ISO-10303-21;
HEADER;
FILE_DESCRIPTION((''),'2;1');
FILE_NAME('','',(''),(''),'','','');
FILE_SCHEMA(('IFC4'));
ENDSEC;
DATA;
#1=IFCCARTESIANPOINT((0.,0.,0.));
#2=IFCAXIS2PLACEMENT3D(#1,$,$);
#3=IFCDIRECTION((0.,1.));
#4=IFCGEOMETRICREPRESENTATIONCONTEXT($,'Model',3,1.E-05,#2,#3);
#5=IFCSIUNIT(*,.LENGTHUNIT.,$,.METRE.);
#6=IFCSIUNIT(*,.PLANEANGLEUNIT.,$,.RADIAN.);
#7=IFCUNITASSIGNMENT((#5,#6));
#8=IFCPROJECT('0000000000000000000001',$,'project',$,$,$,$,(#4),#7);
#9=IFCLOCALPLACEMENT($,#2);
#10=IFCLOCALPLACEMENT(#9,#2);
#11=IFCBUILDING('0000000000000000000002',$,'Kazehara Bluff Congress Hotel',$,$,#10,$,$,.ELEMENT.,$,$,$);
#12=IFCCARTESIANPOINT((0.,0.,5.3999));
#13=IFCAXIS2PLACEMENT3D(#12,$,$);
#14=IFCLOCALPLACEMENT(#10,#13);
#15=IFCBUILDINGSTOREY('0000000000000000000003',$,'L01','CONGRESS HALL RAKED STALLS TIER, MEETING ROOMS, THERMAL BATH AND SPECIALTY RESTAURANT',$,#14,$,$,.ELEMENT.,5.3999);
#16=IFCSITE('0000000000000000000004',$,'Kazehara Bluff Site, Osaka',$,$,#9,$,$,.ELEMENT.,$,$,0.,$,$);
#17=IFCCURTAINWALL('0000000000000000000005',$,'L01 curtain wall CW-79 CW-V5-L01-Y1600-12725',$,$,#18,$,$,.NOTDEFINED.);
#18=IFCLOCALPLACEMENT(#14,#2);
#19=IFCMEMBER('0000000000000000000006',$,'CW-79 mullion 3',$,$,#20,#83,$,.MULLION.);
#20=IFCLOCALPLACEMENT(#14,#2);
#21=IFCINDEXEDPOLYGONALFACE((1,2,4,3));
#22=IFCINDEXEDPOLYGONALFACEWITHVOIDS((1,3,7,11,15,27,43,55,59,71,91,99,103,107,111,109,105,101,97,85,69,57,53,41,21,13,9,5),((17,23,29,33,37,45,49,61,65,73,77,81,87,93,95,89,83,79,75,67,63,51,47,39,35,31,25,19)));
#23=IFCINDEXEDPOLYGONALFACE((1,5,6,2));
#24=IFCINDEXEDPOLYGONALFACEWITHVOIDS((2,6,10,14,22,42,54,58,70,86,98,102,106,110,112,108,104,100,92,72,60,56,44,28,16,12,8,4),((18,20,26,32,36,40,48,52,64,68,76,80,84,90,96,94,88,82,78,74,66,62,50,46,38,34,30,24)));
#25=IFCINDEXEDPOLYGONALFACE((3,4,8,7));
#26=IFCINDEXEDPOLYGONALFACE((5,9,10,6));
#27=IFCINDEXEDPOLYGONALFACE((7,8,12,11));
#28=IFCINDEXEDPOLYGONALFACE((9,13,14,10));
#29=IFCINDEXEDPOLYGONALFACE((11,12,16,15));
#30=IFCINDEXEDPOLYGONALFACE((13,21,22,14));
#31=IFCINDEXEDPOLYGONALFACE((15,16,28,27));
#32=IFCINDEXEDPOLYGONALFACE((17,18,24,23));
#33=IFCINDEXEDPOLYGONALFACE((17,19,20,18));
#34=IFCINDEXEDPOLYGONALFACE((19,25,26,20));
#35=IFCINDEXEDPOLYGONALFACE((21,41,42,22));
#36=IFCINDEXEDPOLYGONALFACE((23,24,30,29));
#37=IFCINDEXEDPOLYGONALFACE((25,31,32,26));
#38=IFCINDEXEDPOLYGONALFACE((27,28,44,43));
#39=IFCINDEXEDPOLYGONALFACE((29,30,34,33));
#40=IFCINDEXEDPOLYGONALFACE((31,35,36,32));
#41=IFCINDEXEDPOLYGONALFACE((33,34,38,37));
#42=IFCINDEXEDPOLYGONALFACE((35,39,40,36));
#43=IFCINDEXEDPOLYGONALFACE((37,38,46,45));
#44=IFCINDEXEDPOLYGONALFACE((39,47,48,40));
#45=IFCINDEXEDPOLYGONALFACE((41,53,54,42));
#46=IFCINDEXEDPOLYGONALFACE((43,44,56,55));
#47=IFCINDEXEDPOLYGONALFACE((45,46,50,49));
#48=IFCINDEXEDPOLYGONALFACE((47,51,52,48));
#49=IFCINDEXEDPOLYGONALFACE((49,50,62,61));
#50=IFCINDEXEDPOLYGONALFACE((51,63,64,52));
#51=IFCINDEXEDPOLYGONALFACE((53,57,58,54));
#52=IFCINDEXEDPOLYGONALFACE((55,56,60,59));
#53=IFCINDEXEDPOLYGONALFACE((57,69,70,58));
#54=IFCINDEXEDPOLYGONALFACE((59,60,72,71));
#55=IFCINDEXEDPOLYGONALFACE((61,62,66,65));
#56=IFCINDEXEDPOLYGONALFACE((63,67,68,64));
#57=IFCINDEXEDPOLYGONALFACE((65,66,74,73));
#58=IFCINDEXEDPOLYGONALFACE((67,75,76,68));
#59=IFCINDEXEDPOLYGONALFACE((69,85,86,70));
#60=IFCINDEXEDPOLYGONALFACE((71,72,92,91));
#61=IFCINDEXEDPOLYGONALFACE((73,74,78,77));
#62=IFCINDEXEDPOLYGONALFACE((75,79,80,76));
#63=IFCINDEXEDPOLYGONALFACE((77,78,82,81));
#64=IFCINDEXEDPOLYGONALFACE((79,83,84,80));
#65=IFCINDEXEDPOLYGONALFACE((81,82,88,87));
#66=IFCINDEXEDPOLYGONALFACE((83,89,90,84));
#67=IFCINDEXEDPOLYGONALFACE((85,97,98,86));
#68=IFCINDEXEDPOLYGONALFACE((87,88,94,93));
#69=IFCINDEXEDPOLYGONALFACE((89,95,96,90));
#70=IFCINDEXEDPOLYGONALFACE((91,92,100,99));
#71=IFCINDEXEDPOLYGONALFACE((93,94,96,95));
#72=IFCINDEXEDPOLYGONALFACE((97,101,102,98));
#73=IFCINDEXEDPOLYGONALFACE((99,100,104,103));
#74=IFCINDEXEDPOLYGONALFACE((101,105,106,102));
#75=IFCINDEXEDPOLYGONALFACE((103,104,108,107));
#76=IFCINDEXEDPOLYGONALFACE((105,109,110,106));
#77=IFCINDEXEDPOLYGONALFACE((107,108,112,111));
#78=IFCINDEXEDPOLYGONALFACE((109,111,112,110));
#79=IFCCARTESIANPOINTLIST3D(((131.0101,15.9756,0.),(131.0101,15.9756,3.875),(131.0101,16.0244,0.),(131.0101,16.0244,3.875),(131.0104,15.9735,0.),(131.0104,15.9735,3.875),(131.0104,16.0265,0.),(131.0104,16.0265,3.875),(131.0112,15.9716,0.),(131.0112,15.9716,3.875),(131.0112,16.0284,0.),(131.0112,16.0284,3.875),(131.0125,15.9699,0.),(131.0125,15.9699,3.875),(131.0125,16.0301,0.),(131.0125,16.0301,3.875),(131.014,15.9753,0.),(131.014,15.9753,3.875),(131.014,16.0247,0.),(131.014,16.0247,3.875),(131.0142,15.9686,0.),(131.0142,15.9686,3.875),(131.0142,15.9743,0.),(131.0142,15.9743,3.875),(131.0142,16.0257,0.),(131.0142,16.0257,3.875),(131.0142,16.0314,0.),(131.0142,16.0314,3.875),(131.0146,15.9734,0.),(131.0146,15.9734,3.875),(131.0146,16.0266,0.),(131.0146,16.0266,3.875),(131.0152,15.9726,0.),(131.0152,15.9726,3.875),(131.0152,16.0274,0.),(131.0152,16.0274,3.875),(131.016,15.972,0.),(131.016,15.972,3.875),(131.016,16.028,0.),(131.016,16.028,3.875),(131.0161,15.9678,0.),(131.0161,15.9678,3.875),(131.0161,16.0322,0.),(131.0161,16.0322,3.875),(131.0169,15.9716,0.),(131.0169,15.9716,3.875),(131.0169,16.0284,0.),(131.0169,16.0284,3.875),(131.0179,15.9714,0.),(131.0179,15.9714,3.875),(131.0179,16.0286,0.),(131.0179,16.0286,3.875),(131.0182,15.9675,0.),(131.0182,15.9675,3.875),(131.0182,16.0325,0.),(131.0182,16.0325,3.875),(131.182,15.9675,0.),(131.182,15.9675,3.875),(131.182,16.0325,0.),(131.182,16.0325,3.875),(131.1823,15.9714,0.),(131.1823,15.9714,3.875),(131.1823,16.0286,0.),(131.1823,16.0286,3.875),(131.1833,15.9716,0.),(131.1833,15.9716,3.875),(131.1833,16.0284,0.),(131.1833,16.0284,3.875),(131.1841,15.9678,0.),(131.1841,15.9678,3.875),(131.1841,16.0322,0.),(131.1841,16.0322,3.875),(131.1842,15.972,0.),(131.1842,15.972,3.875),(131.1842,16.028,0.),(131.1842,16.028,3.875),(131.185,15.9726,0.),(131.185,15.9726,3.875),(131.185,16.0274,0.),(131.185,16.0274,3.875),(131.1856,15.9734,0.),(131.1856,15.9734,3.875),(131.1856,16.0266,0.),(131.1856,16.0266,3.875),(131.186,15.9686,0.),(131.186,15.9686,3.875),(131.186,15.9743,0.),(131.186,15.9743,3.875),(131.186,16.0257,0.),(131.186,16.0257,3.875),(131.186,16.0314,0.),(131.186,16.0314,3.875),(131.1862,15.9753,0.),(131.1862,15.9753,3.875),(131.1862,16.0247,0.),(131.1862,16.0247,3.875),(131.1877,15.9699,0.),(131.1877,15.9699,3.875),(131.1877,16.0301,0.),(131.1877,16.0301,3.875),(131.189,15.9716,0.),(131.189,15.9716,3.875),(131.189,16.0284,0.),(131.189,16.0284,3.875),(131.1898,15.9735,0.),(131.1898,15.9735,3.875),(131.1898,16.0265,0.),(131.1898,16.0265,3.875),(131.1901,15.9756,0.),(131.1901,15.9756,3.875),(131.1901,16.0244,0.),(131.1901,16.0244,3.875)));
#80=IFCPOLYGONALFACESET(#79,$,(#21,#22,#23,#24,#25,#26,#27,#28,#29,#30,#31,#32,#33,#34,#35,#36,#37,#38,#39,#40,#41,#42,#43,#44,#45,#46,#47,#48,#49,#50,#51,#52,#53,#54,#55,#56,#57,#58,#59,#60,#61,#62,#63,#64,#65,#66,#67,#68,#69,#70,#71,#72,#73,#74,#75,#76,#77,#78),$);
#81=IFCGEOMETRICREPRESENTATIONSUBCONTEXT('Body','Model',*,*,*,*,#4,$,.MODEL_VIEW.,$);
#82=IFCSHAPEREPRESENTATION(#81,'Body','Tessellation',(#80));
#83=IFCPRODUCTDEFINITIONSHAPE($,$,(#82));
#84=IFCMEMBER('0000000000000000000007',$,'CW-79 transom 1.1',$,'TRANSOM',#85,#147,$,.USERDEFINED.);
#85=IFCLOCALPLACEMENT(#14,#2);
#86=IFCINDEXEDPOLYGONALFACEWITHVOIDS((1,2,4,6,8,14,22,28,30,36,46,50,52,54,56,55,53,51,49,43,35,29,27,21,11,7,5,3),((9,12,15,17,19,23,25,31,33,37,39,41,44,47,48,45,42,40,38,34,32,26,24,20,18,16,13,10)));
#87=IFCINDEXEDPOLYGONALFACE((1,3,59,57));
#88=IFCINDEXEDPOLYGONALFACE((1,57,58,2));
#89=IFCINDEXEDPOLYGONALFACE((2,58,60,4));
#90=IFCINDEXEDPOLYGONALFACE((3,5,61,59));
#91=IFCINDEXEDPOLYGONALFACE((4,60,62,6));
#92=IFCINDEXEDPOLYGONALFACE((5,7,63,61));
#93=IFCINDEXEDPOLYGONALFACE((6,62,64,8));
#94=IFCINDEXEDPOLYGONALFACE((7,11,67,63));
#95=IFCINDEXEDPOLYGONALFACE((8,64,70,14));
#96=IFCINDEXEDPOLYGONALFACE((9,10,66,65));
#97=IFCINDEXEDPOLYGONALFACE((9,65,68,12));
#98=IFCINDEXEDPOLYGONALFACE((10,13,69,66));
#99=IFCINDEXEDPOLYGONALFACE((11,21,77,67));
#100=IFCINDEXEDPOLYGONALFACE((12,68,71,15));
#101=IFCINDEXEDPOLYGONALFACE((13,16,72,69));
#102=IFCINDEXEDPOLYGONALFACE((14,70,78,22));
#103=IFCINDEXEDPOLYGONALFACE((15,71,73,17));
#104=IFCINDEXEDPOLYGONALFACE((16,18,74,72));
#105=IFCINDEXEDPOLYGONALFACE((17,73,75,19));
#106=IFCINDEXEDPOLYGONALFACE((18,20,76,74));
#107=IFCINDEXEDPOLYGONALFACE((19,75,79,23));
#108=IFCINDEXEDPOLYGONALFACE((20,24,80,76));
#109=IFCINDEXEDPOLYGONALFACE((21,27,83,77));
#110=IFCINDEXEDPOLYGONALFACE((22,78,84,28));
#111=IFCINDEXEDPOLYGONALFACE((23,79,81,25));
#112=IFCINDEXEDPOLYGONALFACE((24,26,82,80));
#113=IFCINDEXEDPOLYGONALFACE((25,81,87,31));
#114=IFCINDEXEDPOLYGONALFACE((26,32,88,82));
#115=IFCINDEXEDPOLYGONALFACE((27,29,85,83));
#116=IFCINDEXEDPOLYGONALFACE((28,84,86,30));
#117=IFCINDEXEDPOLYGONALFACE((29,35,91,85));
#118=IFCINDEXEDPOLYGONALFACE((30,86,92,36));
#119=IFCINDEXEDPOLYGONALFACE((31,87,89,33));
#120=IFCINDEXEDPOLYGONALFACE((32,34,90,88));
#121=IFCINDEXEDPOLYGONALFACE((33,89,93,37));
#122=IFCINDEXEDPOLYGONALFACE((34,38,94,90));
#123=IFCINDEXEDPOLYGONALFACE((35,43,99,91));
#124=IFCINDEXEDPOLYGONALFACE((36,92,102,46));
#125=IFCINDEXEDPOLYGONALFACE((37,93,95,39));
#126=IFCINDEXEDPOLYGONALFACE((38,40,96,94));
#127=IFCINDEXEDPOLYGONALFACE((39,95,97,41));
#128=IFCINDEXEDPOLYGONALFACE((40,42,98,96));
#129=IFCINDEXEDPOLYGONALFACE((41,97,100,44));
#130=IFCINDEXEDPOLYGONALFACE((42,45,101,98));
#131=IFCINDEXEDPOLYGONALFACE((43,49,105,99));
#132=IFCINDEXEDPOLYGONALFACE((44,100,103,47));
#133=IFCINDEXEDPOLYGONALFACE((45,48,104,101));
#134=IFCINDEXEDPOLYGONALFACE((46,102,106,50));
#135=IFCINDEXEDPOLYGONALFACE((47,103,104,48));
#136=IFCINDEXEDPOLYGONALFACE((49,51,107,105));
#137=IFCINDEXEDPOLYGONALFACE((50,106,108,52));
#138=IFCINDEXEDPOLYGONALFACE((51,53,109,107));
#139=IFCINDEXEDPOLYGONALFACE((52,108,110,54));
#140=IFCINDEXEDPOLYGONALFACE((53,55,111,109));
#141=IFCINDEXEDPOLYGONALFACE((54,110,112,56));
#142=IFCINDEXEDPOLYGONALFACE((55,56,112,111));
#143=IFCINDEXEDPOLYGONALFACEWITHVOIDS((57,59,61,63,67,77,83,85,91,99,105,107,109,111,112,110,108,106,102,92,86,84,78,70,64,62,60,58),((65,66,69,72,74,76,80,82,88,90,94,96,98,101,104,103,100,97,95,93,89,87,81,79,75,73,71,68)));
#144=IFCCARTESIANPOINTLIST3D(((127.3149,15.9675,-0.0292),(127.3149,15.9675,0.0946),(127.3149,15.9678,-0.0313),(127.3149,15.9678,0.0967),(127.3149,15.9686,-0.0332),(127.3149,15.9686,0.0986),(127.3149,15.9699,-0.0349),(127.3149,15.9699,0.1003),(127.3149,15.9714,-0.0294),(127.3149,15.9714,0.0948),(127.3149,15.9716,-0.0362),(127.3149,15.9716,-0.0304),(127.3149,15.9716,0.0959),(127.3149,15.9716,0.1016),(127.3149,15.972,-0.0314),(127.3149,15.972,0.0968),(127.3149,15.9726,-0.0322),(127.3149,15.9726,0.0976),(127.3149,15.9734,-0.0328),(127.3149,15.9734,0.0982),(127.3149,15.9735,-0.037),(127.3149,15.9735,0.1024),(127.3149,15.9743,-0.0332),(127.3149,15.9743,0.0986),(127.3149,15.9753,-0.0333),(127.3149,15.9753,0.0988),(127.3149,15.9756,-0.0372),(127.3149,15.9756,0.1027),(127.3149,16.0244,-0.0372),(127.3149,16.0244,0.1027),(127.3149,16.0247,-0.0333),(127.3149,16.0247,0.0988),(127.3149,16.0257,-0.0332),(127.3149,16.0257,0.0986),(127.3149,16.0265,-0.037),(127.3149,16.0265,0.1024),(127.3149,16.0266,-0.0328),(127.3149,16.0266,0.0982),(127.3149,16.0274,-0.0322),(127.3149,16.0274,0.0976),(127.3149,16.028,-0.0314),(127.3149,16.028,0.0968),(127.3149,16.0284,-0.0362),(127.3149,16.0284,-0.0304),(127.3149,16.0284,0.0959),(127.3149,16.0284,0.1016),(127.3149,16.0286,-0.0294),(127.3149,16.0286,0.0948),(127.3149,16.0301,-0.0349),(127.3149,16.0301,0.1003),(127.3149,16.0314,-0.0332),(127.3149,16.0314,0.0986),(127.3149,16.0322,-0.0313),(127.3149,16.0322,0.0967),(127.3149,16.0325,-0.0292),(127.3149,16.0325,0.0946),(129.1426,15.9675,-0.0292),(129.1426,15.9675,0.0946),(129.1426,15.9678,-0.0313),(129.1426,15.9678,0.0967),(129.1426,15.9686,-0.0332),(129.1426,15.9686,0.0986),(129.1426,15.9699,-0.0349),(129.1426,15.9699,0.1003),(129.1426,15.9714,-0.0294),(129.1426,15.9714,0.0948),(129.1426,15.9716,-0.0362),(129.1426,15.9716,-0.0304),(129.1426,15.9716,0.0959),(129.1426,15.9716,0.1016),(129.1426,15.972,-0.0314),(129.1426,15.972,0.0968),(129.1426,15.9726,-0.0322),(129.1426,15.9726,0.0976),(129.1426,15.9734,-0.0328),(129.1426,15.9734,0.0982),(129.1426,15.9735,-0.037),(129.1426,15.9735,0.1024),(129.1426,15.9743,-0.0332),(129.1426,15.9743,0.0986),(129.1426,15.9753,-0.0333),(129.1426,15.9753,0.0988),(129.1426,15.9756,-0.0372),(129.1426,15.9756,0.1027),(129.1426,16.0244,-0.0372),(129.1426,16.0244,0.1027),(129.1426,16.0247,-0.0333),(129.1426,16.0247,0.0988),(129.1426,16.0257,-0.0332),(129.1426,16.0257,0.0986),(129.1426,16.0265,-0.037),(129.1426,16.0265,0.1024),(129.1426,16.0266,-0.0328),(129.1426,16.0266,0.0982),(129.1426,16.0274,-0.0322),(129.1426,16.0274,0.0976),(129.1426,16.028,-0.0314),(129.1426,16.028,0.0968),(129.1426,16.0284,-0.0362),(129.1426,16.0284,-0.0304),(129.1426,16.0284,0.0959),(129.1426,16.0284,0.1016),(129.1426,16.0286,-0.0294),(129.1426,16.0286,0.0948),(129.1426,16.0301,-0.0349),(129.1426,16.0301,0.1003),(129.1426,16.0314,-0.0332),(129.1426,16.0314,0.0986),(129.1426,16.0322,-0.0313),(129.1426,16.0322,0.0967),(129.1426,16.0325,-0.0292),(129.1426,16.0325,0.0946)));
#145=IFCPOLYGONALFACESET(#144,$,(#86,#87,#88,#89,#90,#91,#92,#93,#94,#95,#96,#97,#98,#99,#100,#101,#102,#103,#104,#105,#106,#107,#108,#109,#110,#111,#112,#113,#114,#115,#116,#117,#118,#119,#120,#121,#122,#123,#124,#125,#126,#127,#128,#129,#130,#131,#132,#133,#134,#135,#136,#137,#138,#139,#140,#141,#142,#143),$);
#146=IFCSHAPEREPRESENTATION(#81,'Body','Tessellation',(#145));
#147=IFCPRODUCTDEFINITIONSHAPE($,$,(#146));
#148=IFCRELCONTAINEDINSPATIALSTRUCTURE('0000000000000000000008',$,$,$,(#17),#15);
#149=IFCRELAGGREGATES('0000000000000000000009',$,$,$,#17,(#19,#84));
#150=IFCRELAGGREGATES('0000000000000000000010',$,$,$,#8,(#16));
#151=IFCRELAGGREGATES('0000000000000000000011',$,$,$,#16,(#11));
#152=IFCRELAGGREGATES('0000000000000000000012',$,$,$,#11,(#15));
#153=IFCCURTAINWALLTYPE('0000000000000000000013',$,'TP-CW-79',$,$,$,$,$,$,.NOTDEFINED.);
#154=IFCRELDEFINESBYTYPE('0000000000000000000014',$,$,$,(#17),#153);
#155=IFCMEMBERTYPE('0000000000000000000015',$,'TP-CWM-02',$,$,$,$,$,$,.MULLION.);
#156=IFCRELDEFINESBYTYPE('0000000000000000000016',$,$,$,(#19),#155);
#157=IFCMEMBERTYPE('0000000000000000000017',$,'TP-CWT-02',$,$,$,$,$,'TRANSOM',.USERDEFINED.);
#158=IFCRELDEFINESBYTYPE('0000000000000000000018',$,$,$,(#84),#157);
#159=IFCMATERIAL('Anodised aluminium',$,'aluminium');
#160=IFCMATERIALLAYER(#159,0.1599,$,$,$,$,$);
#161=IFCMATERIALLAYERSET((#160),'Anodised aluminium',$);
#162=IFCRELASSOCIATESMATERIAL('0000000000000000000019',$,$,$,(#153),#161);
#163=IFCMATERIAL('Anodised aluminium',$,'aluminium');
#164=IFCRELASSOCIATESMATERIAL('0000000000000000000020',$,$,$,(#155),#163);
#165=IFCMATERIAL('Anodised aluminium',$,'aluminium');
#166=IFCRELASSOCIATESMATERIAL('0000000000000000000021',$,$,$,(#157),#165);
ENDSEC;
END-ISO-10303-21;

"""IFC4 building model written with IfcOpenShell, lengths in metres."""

from ifc_helpers import new_model, si_unit, direction, frame, origin, origin_2d, place, context, subcontext, project, spatial, hollow_rectangle, extrude, material, layer, layer_set, material_profile, profile_set, type_object, element, aggregate, save


model = new_model("IFC4")

# Units and contexts
model_context = context("Model", 3, precision=1e-05, world=origin(), true_north=direction((0.0, 1.0)))
body_context = subcontext(model_context, "Body", "Model", "MODEL_VIEW")
ifc_project = project(units=[si_unit("LENGTHUNIT", "METRE"), si_unit("PLANEANGLEUNIT", "RADIAN")], contexts=[model_context])

# Site, building, storey
site_placement = place(None, origin())
site = spatial("IfcSite", under=ifc_project, at=site_placement, Name="Kazehara Bluff Site, Osaka", CompositionType="ELEMENT", RefElevation=0.0)
building_placement = place(site_placement, origin())
building = spatial("IfcBuilding", under=site, at=building_placement, Name="Kazehara Bluff Congress Hotel", CompositionType="ELEMENT")
storey_placement = place(building_placement, frame((0.0, 0.0, 5.3999)))
storey = spatial("IfcBuildingStorey", under=building, at=storey_placement, Name="L01", Description="CONGRESS HALL RAKED STALLS TIER, MEETING ROOMS, THERMAL BATH AND SPECIALTY RESTAURANT", CompositionType="ELEMENT", Elevation=5.3999)

# Curtain wall, members
ifc_material_1 = material(Name="Anodised aluminium", Category="aluminium")
ifc_layer_1 = layer(ifc_material_1, 0.1599)
ifc_layer_set_1 = layer_set([ifc_layer_1], Name="Anodised aluminium")
curtain_wall_type = type_object("IfcCurtainWallType", Name="TP-CW-79", PredefinedType="NOTDEFINED", material=ifc_layer_set_1)
curtain_wall_placement = place(storey_placement, origin())
curtain_wall = element("IfcCurtainWall", 1, at=curtain_wall_placement, inside=storey, type_object=curtain_wall_type, Name="L01 curtain wall CW-79 CW-V5-L01-Y1600-12725", PredefinedType="NOTDEFINED")
ifc_material_2 = material(Name="Anodised aluminium", Category="aluminium")
ifc_material_profile_1 = material_profile(ifc_material_2, hollow_rectangle(XDim=0.0649, YDim=0.1799, WallThickness=0.0039, InnerFilletRadius=0.0039, OuterFilletRadius=0.0081, at=origin_2d()))
ifc_profile_set_1 = profile_set([ifc_material_profile_1], Name="Anodised aluminium")
member_type_1 = type_object("IfcMemberType", Name="TP-CWM-02", PredefinedType="MULLION", material=ifc_profile_set_1)
member_1_placement = place(storey_placement, frame((131.1001, 16.0, 0.0), z_axis=(0.0, 0.0, 1.0), x_axis=(0.0, 1.0, 0.0)))
member_1 = element("IfcMember", 2, at=member_1_placement, type_object=member_type_1, Name="CW-79 mullion 3", PredefinedType="MULLION", context=body_context, shape_type="SweptSolid", body=[
    extrude(hollow_rectangle(XDim=0.0649, YDim=0.1799, WallThickness=0.0039, InnerFilletRadius=0.0039, OuterFilletRadius=0.0081, at=origin_2d()), origin(), (0.0, 0.0, 1.0), 3.875),
])
ifc_material_3 = material(Name="Anodised aluminium", Category="aluminium")
ifc_material_profile_2 = material_profile(ifc_material_3, hollow_rectangle(XDim=0.0649, YDim=0.1399, WallThickness=0.0039, InnerFilletRadius=0.0039, OuterFilletRadius=0.0081, at=origin_2d()))
ifc_profile_set_2 = profile_set([ifc_material_profile_2], Name="Anodised aluminium")
member_type_2 = type_object("IfcMemberType", Name="TP-CWT-02", ElementType="TRANSOM", PredefinedType="USERDEFINED", material=ifc_profile_set_2)
member_2_placement = place(storey_placement, frame((127.3149, 16.0, 0.0327), z_axis=(1.0, 0.0, 0.0), x_axis=(0.0, 1.0, 0.0)))
member_2 = element("IfcMember", 3, at=member_2_placement, type_object=member_type_2, Name="CW-79 transom 1.1", ObjectType="TRANSOM", PredefinedType="USERDEFINED", context=body_context, shape_type="SweptSolid", body=[
    extrude(hollow_rectangle(XDim=0.0649, YDim=0.1399, WallThickness=0.0039, InnerFilletRadius=0.0039, OuterFilletRadius=0.0081, at=origin_2d()), origin(), (0.0, 0.0, 1.0), 1.8276),
])

aggregate(curtain_wall, [member_1, member_2])

save(model, "model.ifc")
